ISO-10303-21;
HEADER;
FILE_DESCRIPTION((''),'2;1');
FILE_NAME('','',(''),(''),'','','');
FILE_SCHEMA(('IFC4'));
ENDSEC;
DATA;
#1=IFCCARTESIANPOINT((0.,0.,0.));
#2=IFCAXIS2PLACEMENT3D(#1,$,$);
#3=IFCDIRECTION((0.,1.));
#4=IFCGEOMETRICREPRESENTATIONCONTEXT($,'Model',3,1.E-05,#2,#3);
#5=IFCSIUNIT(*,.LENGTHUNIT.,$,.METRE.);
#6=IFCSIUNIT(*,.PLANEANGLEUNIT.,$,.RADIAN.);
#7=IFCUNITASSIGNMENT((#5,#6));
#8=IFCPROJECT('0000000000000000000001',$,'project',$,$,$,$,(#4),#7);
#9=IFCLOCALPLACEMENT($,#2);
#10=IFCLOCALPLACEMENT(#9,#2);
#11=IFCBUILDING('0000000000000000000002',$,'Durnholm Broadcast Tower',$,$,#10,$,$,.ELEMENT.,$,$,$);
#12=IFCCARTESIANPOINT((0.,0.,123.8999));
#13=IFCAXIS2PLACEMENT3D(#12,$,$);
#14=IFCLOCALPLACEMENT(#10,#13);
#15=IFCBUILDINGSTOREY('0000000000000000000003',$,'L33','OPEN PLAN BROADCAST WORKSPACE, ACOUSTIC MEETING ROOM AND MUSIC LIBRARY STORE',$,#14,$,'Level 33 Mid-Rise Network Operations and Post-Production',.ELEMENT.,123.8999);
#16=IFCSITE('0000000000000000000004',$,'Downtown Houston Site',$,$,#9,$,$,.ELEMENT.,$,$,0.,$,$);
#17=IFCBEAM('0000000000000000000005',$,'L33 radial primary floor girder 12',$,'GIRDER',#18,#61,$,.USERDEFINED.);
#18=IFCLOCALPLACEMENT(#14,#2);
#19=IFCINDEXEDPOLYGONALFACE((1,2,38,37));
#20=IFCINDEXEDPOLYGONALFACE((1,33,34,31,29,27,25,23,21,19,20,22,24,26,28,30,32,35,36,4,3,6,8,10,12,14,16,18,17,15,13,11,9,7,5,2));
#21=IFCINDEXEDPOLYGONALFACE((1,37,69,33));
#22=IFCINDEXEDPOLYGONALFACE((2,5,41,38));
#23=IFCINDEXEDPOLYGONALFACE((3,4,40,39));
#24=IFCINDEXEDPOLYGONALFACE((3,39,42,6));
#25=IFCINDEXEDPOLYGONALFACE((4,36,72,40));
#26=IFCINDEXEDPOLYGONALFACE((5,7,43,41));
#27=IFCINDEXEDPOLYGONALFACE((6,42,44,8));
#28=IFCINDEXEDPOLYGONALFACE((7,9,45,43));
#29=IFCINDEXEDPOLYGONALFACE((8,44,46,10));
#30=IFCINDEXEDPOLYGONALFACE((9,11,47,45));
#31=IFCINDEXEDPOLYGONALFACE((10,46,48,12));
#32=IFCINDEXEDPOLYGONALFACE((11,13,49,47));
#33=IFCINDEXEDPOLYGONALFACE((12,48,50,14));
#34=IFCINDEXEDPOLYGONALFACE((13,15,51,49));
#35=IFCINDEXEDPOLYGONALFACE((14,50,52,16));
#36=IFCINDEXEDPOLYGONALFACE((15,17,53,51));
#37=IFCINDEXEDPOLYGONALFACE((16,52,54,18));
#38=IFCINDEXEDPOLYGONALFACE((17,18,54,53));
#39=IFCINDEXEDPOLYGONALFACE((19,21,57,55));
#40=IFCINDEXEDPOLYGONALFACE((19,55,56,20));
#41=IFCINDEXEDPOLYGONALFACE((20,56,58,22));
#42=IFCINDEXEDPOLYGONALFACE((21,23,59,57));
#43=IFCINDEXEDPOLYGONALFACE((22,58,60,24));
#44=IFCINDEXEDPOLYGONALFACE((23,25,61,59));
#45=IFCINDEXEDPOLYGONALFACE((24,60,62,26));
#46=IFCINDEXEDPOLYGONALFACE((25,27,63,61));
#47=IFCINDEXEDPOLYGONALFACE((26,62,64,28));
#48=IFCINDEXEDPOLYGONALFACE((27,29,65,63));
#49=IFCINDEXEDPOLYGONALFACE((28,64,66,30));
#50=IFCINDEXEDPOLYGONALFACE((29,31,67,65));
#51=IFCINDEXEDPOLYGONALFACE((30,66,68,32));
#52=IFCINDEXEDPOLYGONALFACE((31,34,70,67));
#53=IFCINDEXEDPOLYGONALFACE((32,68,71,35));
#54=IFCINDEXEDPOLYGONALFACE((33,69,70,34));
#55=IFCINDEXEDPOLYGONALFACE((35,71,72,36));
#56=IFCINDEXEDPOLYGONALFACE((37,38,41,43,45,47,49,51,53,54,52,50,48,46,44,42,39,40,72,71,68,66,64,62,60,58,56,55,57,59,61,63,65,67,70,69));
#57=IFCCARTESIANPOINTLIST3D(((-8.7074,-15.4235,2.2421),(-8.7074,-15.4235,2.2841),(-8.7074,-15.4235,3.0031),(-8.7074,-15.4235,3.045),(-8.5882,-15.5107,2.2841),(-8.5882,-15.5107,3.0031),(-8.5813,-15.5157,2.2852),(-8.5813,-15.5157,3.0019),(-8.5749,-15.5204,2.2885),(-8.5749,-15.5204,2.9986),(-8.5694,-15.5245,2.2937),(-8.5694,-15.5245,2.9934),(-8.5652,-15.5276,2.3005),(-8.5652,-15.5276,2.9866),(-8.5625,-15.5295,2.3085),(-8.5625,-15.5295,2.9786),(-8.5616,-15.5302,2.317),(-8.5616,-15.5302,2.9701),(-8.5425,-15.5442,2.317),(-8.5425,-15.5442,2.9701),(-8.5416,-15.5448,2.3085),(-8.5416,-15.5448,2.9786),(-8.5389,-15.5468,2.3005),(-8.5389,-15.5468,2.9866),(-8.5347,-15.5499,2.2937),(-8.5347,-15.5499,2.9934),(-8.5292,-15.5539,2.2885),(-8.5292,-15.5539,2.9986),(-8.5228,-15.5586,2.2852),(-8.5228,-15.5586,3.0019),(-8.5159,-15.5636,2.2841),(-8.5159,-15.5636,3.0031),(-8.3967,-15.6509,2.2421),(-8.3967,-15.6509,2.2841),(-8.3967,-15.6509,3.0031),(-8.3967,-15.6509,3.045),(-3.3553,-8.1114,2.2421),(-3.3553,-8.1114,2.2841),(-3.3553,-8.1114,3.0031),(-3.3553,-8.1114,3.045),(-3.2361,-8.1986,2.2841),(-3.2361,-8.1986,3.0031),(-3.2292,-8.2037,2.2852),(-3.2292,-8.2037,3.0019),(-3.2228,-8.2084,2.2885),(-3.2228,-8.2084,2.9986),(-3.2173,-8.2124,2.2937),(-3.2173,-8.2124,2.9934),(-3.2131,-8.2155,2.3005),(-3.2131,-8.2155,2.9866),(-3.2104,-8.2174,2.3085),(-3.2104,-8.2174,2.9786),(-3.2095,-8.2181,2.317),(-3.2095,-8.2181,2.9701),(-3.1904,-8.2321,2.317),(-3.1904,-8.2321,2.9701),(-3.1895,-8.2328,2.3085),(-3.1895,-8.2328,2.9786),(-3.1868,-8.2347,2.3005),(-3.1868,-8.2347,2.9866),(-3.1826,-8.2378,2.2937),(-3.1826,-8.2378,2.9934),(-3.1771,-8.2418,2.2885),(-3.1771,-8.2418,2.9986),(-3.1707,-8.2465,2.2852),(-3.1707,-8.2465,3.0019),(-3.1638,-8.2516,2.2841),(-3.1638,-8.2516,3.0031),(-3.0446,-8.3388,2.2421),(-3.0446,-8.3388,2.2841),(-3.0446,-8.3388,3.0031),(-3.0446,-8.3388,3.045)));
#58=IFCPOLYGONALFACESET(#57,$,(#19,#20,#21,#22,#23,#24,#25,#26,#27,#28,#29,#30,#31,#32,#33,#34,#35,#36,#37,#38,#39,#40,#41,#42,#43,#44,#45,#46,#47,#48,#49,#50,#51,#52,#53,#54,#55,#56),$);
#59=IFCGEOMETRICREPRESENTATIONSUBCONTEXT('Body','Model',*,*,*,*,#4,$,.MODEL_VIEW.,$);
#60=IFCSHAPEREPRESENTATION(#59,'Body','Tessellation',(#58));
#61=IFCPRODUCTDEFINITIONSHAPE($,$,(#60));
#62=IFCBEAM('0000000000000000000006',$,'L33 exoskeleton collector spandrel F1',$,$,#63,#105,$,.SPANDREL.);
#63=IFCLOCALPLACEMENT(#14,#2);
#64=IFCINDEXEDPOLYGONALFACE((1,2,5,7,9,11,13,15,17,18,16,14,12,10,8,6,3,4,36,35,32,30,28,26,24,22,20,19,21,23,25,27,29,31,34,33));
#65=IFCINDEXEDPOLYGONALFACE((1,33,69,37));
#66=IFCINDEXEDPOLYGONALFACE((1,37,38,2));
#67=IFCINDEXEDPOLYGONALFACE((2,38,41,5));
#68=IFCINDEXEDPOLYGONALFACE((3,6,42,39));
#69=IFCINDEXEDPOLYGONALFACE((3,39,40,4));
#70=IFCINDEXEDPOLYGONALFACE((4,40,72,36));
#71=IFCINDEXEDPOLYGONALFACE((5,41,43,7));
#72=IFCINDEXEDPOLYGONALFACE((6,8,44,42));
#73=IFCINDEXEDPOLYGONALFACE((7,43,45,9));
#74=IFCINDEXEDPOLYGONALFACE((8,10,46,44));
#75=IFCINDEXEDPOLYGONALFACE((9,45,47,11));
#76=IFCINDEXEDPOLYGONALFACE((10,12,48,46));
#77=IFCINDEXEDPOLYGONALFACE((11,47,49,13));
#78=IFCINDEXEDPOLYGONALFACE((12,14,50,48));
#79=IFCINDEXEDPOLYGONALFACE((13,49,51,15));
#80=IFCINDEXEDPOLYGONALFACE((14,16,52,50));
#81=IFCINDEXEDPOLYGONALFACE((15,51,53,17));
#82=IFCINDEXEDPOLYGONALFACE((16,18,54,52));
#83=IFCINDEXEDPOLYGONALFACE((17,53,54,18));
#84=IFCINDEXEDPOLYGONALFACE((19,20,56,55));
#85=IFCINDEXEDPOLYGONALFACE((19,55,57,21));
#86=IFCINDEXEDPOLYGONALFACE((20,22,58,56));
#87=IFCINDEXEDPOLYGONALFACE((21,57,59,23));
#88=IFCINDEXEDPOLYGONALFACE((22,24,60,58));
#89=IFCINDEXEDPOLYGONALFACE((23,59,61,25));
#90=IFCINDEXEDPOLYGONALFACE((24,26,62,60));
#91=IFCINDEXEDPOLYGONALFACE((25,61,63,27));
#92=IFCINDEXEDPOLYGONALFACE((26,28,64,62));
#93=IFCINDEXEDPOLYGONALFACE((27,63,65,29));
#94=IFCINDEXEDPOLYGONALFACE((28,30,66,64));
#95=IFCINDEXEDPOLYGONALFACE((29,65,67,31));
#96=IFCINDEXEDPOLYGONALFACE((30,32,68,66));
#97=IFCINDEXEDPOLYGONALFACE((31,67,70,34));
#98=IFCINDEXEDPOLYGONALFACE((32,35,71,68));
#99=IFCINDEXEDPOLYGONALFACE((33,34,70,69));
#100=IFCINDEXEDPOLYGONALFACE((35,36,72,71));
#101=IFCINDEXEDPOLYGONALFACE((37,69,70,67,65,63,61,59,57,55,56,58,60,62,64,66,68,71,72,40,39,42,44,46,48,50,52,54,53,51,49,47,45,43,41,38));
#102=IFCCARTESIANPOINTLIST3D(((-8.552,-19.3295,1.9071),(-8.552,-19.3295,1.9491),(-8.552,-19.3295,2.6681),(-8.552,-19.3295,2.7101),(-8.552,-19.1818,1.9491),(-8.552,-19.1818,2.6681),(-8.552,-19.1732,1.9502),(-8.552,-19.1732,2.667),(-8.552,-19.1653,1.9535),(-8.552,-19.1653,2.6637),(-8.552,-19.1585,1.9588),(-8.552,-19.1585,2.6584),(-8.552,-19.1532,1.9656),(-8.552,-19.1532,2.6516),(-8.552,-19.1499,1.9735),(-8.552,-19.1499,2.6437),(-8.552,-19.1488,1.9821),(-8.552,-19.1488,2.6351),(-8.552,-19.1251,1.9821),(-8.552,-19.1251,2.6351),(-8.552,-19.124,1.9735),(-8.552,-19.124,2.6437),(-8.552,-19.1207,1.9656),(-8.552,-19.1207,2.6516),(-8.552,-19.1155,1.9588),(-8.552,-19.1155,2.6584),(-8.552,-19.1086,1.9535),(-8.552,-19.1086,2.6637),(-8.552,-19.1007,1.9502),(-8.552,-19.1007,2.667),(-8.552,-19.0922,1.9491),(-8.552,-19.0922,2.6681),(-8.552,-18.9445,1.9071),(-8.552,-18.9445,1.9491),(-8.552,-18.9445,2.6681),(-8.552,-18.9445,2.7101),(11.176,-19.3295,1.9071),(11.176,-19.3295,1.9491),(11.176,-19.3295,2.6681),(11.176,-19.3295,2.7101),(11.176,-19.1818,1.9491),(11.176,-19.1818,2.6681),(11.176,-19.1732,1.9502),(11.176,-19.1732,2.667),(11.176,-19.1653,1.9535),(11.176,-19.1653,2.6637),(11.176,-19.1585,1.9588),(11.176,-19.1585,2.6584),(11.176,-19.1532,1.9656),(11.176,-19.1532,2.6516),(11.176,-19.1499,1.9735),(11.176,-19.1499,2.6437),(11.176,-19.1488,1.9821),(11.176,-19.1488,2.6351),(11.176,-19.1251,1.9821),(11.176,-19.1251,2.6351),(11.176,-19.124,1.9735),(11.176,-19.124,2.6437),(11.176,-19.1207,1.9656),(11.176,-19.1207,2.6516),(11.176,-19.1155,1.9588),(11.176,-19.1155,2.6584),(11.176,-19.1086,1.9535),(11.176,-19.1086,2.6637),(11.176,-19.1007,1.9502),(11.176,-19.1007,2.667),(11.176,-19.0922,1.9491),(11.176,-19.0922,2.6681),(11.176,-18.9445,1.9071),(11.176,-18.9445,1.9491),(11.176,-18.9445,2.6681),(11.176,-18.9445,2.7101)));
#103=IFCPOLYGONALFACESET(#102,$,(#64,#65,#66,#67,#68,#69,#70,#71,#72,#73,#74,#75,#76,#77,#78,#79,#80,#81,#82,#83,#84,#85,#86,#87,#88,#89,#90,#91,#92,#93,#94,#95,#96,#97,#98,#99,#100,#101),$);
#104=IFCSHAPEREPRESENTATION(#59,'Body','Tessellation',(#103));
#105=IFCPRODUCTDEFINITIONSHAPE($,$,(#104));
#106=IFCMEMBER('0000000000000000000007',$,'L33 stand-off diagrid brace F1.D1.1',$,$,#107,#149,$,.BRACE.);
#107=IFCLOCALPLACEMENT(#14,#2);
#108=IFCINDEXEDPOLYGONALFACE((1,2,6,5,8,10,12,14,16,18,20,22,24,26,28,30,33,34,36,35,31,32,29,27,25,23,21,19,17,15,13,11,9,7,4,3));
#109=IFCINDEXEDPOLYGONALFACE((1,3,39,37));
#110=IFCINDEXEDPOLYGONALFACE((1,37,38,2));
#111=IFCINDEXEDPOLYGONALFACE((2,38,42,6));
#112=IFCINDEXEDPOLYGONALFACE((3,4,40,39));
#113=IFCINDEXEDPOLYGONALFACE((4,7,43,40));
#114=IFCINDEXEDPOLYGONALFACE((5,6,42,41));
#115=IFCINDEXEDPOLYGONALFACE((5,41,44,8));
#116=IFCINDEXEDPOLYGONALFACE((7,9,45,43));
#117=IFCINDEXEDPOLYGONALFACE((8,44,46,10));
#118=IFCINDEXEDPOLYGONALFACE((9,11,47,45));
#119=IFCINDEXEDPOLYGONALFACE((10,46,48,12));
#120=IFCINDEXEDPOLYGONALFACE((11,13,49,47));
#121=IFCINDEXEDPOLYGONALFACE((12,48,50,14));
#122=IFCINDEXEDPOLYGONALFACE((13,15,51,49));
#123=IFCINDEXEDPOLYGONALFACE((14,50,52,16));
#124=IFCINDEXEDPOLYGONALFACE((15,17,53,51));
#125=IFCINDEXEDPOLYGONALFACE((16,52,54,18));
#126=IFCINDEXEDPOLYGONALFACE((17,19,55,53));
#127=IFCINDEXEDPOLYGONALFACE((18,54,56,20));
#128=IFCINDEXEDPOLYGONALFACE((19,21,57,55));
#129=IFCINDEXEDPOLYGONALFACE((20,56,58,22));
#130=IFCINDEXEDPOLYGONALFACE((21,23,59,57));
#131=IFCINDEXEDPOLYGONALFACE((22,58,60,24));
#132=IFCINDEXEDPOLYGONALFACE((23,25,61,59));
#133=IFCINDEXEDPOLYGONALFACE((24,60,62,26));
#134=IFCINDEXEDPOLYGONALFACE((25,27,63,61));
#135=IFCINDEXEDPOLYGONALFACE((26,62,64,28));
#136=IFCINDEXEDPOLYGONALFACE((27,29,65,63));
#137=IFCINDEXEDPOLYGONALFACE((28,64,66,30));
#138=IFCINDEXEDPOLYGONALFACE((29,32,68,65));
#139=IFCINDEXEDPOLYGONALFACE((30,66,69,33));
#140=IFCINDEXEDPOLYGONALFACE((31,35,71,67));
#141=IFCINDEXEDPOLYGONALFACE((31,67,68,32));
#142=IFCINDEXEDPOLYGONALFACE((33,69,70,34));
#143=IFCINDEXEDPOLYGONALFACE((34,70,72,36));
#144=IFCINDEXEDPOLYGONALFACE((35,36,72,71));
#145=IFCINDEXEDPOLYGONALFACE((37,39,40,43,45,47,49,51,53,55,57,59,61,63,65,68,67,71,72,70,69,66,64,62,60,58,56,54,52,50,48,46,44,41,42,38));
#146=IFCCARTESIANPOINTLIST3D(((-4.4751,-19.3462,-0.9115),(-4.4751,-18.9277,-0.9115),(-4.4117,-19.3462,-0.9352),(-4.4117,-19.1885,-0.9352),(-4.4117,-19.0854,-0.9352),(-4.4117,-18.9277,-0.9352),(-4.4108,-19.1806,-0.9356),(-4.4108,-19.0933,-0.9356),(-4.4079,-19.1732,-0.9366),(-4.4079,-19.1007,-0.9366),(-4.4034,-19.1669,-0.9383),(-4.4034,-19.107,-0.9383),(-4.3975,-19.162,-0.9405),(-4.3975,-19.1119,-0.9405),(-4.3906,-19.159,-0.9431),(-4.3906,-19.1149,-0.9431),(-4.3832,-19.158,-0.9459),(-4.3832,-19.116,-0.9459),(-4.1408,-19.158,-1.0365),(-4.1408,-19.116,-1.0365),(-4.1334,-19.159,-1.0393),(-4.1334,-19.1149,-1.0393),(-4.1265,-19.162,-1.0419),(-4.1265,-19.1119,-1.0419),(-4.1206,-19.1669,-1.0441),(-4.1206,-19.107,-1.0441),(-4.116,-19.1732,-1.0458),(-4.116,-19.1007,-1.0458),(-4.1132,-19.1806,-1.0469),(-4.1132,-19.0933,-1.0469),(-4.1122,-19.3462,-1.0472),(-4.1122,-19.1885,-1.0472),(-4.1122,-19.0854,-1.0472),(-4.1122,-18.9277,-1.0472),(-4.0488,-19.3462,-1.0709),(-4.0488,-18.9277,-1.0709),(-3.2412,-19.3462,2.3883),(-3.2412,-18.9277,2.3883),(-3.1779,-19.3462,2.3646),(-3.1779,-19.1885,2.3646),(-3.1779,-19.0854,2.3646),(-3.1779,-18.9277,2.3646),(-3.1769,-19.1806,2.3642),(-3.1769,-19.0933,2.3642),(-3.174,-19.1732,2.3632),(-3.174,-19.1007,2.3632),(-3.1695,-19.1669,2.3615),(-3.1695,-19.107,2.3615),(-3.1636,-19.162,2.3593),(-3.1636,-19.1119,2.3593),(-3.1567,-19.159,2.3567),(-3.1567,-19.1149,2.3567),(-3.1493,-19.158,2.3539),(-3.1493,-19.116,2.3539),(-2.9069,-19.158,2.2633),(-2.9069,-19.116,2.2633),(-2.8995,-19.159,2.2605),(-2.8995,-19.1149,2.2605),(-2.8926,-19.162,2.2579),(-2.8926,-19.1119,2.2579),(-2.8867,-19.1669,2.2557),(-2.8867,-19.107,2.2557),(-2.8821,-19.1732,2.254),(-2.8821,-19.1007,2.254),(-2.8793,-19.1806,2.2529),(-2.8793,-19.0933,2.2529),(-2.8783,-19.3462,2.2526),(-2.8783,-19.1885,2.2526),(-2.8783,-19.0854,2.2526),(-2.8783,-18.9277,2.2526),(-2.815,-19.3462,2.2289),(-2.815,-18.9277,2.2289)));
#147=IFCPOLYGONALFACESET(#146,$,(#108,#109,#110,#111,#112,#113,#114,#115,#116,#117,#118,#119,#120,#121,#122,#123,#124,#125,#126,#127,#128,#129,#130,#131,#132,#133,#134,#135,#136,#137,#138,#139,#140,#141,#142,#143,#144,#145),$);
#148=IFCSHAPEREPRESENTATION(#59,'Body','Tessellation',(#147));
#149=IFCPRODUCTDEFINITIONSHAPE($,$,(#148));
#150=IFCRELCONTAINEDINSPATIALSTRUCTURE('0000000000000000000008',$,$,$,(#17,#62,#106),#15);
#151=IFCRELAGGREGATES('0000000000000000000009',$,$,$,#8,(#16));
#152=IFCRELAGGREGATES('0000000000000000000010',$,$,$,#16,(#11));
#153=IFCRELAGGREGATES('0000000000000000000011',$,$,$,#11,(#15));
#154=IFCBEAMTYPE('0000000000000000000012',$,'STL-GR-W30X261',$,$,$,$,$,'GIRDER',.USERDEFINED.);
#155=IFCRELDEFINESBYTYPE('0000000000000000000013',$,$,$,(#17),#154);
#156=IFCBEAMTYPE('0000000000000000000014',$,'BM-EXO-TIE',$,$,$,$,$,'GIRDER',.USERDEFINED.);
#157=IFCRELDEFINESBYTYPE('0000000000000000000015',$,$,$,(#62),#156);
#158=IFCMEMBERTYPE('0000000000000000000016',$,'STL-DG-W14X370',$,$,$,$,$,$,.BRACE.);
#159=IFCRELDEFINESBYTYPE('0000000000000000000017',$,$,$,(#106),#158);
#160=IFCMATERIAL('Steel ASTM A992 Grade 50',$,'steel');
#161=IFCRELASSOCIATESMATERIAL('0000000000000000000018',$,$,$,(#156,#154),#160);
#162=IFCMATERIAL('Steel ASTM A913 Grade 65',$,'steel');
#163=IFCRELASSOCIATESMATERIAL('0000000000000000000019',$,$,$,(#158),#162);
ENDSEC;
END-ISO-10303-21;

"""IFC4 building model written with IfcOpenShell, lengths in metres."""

from ifc_helpers import new_model, si_unit, direction, frame, origin, origin_2d, place, context, subcontext, project, spatial, i_section, extrude, source, transform, mapped, material, material_profile, profile_set, type_object, type_shapes, element, save


model = new_model("IFC4")

# Units and contexts
model_context = context("Model", 3, precision=1e-05, world=origin(), true_north=direction((0.0, 1.0)))
body_context = subcontext(model_context, "Body", "Model", "MODEL_VIEW")
ifc_project = project(units=[si_unit("LENGTHUNIT", "METRE"), si_unit("PLANEANGLEUNIT", "RADIAN")], contexts=[model_context])

# Site, building, storey
site_placement = place(None, origin())
site = spatial("IfcSite", under=ifc_project, at=site_placement, Name="Downtown Houston Site", CompositionType="ELEMENT", RefElevation=0.0)
building_placement = place(site_placement, origin())
building = spatial("IfcBuilding", under=site, at=building_placement, Name="Durnholm Broadcast Tower", CompositionType="ELEMENT")
storey_placement = place(building_placement, frame((0.0, 0.0, 123.8999)))
storey = spatial("IfcBuildingStorey", under=building, at=storey_placement, Name="L33", Description="OPEN PLAN BROADCAST WORKSPACE, ACOUSTIC MEETING ROOM AND MUSIC LIBRARY STORE", LongName="Level 33 Mid-Rise Network Operations and Post-Production", CompositionType="ELEMENT", Elevation=123.8999)

# Beams
ifc_material_1 = material(Name="Steel ASTM A992 Grade 50", Category="steel")
ifc_material_profile_1 = material_profile(ifc_material_1, i_section(OverallWidth=0.385, OverallDepth=0.803, WebThickness=0.0237, FlangeThickness=0.042, FilletRadius=0.033, at=origin_2d()), Name="W30X261")
ifc_profile_set_1 = profile_set([ifc_material_profile_1], Name="Steel ASTM A992 Grade 50")
beam_type_1 = type_object("IfcBeamType", Name="BM-EXO-TIE", ElementType="GIRDER", PredefinedType="USERDEFINED", material=ifc_profile_set_1)
ifc_material_profile_2 = material_profile(ifc_material_1, i_section(OverallWidth=0.385, OverallDepth=0.803, WebThickness=0.0237, FlangeThickness=0.042, FilletRadius=0.033, at=origin_2d()), Name="W30X261")
ifc_profile_set_2 = profile_set([ifc_material_profile_2], Name="Steel ASTM A992 Grade 50")
beam_type_2 = type_object("IfcBeamType", Name="STL-GR-W30X261", ElementType="GIRDER", PredefinedType="USERDEFINED", material=ifc_profile_set_2)
shared_shape_1 = source(origin(), body_context, "Body", "SweptSolid", [
    extrude(i_section(OverallWidth=0.385, OverallDepth=0.803, WebThickness=0.0237, FlangeThickness=0.042, FilletRadius=0.033, at=origin_2d()), origin(), (0.0, 0.0, 1.0), 9.0615),
])
beam_1_placement = place(storey_placement, frame((-3.2, -8.2251, 2.6436), z_axis=(-0.590639, -0.806936, 0.0), x_axis=(0.806936, -0.590639, 0.0)))
element("IfcBeam", 1, at=beam_1_placement, inside=storey, type_object=beam_type_2, Name="L33 radial primary floor girder 12", ObjectType="GIRDER", PredefinedType="USERDEFINED", context=body_context, shape_type="MappedRepresentation", body=[
    mapped(shared_shape_1, transform((0.0, 0.0, 0.0), x_axis=(1.0, 0.0, 0.0), y_axis=(0.0, 1.0, 0.0), z_axis=(0.0, 0.0, 1.0), scale=1.0)),
])
shared_shape_2 = source(origin(), body_context, "Body", "SweptSolid", [
    extrude(i_section(OverallWidth=0.385, OverallDepth=0.803, WebThickness=0.0237, FlangeThickness=0.042, FilletRadius=0.033, at=origin_2d()), origin(), (0.0, 0.0, 1.0), 19.728),
])
beam_2_placement = place(storey_placement, frame((-8.552, -19.137, 2.3086), z_axis=(1.0, 0.0, 0.0), x_axis=(0.0, 1.0, 0.0)))
element("IfcBeam", 2, at=beam_2_placement, inside=storey, type_object=beam_type_1, Name="L33 exoskeleton collector spandrel F1", PredefinedType="SPANDREL", context=body_context, shape_type="MappedRepresentation", body=[
    mapped(shared_shape_2, transform((0.0, 0.0, 0.0), x_axis=(1.0, 0.0, 0.0), y_axis=(0.0, 1.0, 0.0), z_axis=(0.0, 0.0, 1.0), scale=1.0)),
])

# Member
ifc_material_2 = material(Name="Steel ASTM A913 Grade 65", Category="steel")
ifc_material_profile_3 = material_profile(ifc_material_2, i_section(OverallWidth=0.4185, OverallDepth=0.4551, WebThickness=0.042, FlangeThickness=0.0676, FilletRadius=0.0305, at=origin_2d()), Name="W14X370")
ifc_profile_set_3 = profile_set([ifc_material_profile_3], Name="Steel ASTM A913 Grade 65")
member_type_1 = type_object("IfcMemberType", Name="STL-DG-W14X370", PredefinedType="BRACE", material=ifc_profile_set_3)
shared_shape_3 = source(origin(), body_context, "Body", "SweptSolid", [
    extrude(i_section(OverallWidth=0.4185, OverallDepth=0.4551, WebThickness=0.042, FlangeThickness=0.0676, FilletRadius=0.0305, at=origin_2d()), origin(), (0.0, 0.0, 1.0), 3.5229),
])
type_shapes(member_type_1, [shared_shape_3])
for number, where, z_axis, x_axis, name in (
    (3, (-4.262, -19.137, -0.9912), (0.350242, 0.0, 0.936659), (0.0, 1.0, 0.0), "L33 stand-off diagrid brace F1.D1.1"),
):
    element("IfcMember", number, at=place(storey_placement, frame(where, z_axis=z_axis, x_axis=x_axis)), inside=storey, type_object=member_type_1, Name=name, PredefinedType="BRACE", context=body_context, shape_type="MappedRepresentation", body=[
        mapped(shared_shape_3, transform((0.0, 0.0, 0.0), x_axis=(1.0, 0.0, 0.0), y_axis=(0.0, 1.0, 0.0), z_axis=(0.0, 0.0, 1.0), scale=1.0)),
    ])

save(model, "model.ifc")
